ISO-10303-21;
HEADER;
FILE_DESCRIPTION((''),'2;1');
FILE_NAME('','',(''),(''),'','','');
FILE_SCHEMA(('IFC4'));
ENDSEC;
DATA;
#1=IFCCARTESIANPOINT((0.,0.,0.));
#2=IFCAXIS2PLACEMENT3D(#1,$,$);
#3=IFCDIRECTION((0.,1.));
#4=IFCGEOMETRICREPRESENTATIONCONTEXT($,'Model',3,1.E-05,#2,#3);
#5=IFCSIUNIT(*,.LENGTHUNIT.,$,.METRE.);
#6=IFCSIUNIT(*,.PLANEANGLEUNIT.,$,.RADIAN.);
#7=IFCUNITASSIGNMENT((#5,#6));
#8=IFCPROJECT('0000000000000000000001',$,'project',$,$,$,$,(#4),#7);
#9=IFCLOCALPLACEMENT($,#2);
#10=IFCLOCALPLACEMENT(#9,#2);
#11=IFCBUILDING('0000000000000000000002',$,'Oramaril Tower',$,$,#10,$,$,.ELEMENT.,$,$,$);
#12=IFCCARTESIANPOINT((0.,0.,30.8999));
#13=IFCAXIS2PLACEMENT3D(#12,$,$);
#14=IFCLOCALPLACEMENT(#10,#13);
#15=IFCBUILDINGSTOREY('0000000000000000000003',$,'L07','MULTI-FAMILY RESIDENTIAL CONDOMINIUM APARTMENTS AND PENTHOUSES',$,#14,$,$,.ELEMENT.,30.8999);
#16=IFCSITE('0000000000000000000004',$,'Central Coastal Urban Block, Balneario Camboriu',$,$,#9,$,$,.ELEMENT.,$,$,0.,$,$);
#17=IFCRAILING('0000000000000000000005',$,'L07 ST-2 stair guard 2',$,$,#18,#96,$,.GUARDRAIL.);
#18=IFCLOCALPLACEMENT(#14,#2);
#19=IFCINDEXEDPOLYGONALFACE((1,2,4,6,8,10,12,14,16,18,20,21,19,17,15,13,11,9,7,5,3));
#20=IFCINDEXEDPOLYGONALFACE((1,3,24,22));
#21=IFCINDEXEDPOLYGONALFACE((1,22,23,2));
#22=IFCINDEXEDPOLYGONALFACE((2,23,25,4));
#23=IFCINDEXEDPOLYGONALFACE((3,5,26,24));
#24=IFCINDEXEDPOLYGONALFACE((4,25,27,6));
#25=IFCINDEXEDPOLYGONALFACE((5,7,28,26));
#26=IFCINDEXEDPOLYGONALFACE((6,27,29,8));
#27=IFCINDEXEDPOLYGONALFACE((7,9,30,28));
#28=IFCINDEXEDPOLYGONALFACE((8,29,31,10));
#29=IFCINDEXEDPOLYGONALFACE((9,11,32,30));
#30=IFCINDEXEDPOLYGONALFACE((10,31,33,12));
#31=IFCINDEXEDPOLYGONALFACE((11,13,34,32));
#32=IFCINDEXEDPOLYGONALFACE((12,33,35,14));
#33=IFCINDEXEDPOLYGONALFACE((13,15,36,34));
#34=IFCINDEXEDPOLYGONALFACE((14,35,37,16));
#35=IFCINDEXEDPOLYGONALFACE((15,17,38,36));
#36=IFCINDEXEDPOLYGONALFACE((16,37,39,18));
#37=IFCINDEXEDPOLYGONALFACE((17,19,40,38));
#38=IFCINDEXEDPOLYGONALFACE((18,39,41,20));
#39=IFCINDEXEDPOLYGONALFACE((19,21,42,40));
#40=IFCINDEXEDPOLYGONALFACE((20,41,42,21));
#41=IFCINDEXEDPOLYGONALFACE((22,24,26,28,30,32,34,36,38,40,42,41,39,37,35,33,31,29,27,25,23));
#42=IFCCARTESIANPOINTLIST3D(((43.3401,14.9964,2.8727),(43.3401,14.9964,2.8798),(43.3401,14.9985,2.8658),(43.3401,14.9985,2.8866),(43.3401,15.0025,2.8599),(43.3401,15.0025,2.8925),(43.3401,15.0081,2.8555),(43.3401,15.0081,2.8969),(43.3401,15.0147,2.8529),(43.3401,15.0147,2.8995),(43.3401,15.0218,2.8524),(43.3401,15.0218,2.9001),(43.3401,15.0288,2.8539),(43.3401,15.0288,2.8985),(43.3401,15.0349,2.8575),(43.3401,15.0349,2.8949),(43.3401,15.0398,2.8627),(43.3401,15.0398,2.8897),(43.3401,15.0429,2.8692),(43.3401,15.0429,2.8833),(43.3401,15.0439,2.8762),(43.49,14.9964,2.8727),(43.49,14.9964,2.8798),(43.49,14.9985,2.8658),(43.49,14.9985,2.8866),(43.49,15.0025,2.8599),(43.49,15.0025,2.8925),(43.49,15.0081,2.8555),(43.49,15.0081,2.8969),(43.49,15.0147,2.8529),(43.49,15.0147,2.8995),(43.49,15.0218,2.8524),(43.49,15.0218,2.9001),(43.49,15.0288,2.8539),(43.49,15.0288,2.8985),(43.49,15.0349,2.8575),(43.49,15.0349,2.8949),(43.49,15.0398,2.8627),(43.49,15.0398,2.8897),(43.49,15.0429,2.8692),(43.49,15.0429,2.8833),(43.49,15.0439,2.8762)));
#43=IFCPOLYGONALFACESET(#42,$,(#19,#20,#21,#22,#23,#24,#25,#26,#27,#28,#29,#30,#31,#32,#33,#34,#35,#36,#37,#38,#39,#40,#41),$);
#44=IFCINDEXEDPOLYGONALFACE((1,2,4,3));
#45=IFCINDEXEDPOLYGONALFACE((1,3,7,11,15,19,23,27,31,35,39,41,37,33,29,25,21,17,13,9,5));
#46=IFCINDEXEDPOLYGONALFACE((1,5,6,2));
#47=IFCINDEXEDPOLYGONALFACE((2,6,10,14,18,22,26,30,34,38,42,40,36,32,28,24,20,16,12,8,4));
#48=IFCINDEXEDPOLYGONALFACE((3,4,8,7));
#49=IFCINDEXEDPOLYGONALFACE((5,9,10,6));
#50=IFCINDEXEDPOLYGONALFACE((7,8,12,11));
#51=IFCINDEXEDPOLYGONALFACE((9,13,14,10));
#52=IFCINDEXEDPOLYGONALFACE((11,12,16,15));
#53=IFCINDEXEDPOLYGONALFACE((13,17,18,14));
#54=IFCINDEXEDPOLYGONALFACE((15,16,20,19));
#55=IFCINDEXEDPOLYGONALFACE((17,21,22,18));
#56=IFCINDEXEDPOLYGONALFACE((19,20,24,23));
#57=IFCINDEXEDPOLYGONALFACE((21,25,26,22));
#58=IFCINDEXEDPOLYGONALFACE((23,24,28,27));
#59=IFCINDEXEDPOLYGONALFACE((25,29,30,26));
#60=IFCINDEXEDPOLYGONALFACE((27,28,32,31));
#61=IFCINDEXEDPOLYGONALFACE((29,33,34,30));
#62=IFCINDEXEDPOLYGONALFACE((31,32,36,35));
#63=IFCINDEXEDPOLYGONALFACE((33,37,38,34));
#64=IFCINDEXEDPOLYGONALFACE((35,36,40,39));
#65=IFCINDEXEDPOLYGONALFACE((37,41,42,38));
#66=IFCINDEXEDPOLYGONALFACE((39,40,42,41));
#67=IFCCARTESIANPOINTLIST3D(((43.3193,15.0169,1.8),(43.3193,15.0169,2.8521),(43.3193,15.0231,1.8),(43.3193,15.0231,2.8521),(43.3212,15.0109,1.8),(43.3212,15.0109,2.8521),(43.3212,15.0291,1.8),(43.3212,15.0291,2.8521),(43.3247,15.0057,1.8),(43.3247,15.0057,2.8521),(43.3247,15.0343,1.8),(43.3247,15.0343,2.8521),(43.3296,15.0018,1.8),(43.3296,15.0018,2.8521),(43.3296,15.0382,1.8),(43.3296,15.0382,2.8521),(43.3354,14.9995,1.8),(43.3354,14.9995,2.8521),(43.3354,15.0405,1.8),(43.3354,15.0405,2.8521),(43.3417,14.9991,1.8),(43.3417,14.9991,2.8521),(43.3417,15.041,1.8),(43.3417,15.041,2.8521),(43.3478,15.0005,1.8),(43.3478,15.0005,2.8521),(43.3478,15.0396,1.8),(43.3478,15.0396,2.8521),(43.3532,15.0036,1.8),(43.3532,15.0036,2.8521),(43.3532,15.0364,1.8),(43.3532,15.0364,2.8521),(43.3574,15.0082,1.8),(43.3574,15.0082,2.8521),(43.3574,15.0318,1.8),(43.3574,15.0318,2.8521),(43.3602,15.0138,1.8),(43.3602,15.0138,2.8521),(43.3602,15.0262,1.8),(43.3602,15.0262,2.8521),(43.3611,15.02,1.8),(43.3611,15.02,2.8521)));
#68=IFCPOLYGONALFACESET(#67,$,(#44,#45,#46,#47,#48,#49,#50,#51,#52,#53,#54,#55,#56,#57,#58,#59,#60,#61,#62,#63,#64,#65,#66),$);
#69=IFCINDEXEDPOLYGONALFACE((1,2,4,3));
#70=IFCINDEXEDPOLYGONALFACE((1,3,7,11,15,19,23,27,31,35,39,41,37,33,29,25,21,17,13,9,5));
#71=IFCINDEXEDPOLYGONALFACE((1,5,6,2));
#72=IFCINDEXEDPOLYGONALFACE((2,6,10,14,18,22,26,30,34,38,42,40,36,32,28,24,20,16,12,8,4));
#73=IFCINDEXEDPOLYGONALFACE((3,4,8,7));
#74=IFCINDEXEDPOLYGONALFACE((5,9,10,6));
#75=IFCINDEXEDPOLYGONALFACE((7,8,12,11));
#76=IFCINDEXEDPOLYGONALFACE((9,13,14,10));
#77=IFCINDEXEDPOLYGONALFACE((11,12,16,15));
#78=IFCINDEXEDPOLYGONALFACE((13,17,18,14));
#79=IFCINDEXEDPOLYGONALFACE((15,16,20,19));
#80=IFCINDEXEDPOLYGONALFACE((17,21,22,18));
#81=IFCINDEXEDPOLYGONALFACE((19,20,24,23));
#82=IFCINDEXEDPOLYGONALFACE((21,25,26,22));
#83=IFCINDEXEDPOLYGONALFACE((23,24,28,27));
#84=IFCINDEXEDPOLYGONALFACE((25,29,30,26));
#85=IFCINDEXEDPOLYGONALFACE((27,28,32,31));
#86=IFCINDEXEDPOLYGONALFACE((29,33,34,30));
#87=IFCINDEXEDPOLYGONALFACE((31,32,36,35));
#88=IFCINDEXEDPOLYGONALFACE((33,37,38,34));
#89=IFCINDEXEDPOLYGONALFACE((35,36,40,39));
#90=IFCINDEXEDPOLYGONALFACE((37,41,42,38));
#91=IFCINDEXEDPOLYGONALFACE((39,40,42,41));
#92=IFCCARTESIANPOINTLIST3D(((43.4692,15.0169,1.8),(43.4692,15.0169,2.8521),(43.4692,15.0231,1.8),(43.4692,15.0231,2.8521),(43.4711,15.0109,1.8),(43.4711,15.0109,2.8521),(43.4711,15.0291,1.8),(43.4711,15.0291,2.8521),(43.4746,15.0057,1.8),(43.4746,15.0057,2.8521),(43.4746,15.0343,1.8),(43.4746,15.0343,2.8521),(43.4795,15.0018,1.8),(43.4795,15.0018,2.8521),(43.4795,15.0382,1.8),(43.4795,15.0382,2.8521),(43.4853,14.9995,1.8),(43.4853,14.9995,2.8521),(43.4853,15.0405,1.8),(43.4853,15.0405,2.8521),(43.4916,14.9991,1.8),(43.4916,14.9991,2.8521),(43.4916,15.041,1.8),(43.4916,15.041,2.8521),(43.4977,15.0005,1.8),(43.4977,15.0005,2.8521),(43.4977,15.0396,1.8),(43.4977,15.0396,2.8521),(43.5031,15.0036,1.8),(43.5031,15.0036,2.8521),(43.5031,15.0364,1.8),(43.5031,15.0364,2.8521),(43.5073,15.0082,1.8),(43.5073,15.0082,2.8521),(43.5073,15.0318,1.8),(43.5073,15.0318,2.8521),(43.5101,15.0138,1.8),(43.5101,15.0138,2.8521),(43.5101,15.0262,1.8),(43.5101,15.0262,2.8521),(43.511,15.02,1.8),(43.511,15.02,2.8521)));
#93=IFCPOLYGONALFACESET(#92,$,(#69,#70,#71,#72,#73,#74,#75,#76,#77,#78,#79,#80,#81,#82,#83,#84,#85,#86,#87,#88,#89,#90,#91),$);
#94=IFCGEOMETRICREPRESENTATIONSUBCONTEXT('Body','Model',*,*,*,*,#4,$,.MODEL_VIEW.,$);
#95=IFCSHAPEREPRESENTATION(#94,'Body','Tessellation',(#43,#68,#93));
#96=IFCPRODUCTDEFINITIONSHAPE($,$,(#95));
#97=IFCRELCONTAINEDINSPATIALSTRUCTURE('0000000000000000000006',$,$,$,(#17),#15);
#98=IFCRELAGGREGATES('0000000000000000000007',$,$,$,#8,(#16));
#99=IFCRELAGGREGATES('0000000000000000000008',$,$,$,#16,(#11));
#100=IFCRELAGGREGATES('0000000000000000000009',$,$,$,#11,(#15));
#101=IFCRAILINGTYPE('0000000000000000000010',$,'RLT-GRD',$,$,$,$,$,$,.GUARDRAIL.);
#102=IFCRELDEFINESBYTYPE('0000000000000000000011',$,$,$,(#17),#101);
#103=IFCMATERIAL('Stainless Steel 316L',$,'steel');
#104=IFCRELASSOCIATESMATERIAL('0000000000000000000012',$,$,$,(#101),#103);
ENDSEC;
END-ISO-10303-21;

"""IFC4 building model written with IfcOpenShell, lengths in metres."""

from ifc_helpers import new_model, si_unit, direction, frame, origin, origin_2d, place, context, subcontext, project, spatial, circle, extrude, material, type_object, element, save


model = new_model("IFC4")

# Units and contexts
model_context = context("Model", 3, precision=1e-05, world=origin(), true_north=direction((0.0, 1.0)))
body_context = subcontext(model_context, "Body", "Model", "MODEL_VIEW")
ifc_project = project(units=[si_unit("LENGTHUNIT", "METRE"), si_unit("PLANEANGLEUNIT", "RADIAN")], contexts=[model_context])

# Site, building, storey
site_placement = place(None, origin())
site = spatial("IfcSite", under=ifc_project, at=site_placement, Name="Central Coastal Urban Block, Balneario Camboriu", CompositionType="ELEMENT", RefElevation=0.0)
building_placement = place(site_placement, origin())
building = spatial("IfcBuilding", under=site, at=building_placement, Name="Oramaril Tower", CompositionType="ELEMENT")
storey_placement = place(building_placement, frame((0.0, 0.0, 30.8999)))
storey = spatial("IfcBuildingStorey", under=building, at=storey_placement, Name="L07", Description="MULTI-FAMILY RESIDENTIAL CONDOMINIUM APARTMENTS AND PENTHOUSES", CompositionType="ELEMENT", Elevation=30.8999)

# Railing
ifc_material_1 = material(Name="Stainless Steel 316L", Category="steel")
railing_type_1 = type_object("IfcRailingType", Name="RLT-GRD", PredefinedType="GUARDRAIL", material=ifc_material_1)
railing_1_placement = place(storey_placement, frame((43.3401, 15.02, 1.8)))
element("IfcRailing", 1, at=railing_1_placement, inside=storey, type_object=railing_type_1, Name="L07 ST-2 stair guard 2", PredefinedType="GUARDRAIL", context=body_context, shape_type="SweptSolid", body=[
    extrude(circle(Radius=0.0239, at=origin_2d()), frame((0.0, 0.0, 1.0762), z_axis=(1.0, 0.0, 0.0), x_axis=(0.0, 1.0, 0.0)), (0.0, 0.0, 1.0), 0.1499),
    extrude(circle(Radius=0.021, at=origin_2d()), origin(), (0.0, 0.0, 1.0), 1.052),
    extrude(circle(Radius=0.021, at=origin_2d()), frame((0.1499, 0.0, 0.0)), (0.0, 0.0, 1.0), 1.052),
])

save(model, "model.ifc")
